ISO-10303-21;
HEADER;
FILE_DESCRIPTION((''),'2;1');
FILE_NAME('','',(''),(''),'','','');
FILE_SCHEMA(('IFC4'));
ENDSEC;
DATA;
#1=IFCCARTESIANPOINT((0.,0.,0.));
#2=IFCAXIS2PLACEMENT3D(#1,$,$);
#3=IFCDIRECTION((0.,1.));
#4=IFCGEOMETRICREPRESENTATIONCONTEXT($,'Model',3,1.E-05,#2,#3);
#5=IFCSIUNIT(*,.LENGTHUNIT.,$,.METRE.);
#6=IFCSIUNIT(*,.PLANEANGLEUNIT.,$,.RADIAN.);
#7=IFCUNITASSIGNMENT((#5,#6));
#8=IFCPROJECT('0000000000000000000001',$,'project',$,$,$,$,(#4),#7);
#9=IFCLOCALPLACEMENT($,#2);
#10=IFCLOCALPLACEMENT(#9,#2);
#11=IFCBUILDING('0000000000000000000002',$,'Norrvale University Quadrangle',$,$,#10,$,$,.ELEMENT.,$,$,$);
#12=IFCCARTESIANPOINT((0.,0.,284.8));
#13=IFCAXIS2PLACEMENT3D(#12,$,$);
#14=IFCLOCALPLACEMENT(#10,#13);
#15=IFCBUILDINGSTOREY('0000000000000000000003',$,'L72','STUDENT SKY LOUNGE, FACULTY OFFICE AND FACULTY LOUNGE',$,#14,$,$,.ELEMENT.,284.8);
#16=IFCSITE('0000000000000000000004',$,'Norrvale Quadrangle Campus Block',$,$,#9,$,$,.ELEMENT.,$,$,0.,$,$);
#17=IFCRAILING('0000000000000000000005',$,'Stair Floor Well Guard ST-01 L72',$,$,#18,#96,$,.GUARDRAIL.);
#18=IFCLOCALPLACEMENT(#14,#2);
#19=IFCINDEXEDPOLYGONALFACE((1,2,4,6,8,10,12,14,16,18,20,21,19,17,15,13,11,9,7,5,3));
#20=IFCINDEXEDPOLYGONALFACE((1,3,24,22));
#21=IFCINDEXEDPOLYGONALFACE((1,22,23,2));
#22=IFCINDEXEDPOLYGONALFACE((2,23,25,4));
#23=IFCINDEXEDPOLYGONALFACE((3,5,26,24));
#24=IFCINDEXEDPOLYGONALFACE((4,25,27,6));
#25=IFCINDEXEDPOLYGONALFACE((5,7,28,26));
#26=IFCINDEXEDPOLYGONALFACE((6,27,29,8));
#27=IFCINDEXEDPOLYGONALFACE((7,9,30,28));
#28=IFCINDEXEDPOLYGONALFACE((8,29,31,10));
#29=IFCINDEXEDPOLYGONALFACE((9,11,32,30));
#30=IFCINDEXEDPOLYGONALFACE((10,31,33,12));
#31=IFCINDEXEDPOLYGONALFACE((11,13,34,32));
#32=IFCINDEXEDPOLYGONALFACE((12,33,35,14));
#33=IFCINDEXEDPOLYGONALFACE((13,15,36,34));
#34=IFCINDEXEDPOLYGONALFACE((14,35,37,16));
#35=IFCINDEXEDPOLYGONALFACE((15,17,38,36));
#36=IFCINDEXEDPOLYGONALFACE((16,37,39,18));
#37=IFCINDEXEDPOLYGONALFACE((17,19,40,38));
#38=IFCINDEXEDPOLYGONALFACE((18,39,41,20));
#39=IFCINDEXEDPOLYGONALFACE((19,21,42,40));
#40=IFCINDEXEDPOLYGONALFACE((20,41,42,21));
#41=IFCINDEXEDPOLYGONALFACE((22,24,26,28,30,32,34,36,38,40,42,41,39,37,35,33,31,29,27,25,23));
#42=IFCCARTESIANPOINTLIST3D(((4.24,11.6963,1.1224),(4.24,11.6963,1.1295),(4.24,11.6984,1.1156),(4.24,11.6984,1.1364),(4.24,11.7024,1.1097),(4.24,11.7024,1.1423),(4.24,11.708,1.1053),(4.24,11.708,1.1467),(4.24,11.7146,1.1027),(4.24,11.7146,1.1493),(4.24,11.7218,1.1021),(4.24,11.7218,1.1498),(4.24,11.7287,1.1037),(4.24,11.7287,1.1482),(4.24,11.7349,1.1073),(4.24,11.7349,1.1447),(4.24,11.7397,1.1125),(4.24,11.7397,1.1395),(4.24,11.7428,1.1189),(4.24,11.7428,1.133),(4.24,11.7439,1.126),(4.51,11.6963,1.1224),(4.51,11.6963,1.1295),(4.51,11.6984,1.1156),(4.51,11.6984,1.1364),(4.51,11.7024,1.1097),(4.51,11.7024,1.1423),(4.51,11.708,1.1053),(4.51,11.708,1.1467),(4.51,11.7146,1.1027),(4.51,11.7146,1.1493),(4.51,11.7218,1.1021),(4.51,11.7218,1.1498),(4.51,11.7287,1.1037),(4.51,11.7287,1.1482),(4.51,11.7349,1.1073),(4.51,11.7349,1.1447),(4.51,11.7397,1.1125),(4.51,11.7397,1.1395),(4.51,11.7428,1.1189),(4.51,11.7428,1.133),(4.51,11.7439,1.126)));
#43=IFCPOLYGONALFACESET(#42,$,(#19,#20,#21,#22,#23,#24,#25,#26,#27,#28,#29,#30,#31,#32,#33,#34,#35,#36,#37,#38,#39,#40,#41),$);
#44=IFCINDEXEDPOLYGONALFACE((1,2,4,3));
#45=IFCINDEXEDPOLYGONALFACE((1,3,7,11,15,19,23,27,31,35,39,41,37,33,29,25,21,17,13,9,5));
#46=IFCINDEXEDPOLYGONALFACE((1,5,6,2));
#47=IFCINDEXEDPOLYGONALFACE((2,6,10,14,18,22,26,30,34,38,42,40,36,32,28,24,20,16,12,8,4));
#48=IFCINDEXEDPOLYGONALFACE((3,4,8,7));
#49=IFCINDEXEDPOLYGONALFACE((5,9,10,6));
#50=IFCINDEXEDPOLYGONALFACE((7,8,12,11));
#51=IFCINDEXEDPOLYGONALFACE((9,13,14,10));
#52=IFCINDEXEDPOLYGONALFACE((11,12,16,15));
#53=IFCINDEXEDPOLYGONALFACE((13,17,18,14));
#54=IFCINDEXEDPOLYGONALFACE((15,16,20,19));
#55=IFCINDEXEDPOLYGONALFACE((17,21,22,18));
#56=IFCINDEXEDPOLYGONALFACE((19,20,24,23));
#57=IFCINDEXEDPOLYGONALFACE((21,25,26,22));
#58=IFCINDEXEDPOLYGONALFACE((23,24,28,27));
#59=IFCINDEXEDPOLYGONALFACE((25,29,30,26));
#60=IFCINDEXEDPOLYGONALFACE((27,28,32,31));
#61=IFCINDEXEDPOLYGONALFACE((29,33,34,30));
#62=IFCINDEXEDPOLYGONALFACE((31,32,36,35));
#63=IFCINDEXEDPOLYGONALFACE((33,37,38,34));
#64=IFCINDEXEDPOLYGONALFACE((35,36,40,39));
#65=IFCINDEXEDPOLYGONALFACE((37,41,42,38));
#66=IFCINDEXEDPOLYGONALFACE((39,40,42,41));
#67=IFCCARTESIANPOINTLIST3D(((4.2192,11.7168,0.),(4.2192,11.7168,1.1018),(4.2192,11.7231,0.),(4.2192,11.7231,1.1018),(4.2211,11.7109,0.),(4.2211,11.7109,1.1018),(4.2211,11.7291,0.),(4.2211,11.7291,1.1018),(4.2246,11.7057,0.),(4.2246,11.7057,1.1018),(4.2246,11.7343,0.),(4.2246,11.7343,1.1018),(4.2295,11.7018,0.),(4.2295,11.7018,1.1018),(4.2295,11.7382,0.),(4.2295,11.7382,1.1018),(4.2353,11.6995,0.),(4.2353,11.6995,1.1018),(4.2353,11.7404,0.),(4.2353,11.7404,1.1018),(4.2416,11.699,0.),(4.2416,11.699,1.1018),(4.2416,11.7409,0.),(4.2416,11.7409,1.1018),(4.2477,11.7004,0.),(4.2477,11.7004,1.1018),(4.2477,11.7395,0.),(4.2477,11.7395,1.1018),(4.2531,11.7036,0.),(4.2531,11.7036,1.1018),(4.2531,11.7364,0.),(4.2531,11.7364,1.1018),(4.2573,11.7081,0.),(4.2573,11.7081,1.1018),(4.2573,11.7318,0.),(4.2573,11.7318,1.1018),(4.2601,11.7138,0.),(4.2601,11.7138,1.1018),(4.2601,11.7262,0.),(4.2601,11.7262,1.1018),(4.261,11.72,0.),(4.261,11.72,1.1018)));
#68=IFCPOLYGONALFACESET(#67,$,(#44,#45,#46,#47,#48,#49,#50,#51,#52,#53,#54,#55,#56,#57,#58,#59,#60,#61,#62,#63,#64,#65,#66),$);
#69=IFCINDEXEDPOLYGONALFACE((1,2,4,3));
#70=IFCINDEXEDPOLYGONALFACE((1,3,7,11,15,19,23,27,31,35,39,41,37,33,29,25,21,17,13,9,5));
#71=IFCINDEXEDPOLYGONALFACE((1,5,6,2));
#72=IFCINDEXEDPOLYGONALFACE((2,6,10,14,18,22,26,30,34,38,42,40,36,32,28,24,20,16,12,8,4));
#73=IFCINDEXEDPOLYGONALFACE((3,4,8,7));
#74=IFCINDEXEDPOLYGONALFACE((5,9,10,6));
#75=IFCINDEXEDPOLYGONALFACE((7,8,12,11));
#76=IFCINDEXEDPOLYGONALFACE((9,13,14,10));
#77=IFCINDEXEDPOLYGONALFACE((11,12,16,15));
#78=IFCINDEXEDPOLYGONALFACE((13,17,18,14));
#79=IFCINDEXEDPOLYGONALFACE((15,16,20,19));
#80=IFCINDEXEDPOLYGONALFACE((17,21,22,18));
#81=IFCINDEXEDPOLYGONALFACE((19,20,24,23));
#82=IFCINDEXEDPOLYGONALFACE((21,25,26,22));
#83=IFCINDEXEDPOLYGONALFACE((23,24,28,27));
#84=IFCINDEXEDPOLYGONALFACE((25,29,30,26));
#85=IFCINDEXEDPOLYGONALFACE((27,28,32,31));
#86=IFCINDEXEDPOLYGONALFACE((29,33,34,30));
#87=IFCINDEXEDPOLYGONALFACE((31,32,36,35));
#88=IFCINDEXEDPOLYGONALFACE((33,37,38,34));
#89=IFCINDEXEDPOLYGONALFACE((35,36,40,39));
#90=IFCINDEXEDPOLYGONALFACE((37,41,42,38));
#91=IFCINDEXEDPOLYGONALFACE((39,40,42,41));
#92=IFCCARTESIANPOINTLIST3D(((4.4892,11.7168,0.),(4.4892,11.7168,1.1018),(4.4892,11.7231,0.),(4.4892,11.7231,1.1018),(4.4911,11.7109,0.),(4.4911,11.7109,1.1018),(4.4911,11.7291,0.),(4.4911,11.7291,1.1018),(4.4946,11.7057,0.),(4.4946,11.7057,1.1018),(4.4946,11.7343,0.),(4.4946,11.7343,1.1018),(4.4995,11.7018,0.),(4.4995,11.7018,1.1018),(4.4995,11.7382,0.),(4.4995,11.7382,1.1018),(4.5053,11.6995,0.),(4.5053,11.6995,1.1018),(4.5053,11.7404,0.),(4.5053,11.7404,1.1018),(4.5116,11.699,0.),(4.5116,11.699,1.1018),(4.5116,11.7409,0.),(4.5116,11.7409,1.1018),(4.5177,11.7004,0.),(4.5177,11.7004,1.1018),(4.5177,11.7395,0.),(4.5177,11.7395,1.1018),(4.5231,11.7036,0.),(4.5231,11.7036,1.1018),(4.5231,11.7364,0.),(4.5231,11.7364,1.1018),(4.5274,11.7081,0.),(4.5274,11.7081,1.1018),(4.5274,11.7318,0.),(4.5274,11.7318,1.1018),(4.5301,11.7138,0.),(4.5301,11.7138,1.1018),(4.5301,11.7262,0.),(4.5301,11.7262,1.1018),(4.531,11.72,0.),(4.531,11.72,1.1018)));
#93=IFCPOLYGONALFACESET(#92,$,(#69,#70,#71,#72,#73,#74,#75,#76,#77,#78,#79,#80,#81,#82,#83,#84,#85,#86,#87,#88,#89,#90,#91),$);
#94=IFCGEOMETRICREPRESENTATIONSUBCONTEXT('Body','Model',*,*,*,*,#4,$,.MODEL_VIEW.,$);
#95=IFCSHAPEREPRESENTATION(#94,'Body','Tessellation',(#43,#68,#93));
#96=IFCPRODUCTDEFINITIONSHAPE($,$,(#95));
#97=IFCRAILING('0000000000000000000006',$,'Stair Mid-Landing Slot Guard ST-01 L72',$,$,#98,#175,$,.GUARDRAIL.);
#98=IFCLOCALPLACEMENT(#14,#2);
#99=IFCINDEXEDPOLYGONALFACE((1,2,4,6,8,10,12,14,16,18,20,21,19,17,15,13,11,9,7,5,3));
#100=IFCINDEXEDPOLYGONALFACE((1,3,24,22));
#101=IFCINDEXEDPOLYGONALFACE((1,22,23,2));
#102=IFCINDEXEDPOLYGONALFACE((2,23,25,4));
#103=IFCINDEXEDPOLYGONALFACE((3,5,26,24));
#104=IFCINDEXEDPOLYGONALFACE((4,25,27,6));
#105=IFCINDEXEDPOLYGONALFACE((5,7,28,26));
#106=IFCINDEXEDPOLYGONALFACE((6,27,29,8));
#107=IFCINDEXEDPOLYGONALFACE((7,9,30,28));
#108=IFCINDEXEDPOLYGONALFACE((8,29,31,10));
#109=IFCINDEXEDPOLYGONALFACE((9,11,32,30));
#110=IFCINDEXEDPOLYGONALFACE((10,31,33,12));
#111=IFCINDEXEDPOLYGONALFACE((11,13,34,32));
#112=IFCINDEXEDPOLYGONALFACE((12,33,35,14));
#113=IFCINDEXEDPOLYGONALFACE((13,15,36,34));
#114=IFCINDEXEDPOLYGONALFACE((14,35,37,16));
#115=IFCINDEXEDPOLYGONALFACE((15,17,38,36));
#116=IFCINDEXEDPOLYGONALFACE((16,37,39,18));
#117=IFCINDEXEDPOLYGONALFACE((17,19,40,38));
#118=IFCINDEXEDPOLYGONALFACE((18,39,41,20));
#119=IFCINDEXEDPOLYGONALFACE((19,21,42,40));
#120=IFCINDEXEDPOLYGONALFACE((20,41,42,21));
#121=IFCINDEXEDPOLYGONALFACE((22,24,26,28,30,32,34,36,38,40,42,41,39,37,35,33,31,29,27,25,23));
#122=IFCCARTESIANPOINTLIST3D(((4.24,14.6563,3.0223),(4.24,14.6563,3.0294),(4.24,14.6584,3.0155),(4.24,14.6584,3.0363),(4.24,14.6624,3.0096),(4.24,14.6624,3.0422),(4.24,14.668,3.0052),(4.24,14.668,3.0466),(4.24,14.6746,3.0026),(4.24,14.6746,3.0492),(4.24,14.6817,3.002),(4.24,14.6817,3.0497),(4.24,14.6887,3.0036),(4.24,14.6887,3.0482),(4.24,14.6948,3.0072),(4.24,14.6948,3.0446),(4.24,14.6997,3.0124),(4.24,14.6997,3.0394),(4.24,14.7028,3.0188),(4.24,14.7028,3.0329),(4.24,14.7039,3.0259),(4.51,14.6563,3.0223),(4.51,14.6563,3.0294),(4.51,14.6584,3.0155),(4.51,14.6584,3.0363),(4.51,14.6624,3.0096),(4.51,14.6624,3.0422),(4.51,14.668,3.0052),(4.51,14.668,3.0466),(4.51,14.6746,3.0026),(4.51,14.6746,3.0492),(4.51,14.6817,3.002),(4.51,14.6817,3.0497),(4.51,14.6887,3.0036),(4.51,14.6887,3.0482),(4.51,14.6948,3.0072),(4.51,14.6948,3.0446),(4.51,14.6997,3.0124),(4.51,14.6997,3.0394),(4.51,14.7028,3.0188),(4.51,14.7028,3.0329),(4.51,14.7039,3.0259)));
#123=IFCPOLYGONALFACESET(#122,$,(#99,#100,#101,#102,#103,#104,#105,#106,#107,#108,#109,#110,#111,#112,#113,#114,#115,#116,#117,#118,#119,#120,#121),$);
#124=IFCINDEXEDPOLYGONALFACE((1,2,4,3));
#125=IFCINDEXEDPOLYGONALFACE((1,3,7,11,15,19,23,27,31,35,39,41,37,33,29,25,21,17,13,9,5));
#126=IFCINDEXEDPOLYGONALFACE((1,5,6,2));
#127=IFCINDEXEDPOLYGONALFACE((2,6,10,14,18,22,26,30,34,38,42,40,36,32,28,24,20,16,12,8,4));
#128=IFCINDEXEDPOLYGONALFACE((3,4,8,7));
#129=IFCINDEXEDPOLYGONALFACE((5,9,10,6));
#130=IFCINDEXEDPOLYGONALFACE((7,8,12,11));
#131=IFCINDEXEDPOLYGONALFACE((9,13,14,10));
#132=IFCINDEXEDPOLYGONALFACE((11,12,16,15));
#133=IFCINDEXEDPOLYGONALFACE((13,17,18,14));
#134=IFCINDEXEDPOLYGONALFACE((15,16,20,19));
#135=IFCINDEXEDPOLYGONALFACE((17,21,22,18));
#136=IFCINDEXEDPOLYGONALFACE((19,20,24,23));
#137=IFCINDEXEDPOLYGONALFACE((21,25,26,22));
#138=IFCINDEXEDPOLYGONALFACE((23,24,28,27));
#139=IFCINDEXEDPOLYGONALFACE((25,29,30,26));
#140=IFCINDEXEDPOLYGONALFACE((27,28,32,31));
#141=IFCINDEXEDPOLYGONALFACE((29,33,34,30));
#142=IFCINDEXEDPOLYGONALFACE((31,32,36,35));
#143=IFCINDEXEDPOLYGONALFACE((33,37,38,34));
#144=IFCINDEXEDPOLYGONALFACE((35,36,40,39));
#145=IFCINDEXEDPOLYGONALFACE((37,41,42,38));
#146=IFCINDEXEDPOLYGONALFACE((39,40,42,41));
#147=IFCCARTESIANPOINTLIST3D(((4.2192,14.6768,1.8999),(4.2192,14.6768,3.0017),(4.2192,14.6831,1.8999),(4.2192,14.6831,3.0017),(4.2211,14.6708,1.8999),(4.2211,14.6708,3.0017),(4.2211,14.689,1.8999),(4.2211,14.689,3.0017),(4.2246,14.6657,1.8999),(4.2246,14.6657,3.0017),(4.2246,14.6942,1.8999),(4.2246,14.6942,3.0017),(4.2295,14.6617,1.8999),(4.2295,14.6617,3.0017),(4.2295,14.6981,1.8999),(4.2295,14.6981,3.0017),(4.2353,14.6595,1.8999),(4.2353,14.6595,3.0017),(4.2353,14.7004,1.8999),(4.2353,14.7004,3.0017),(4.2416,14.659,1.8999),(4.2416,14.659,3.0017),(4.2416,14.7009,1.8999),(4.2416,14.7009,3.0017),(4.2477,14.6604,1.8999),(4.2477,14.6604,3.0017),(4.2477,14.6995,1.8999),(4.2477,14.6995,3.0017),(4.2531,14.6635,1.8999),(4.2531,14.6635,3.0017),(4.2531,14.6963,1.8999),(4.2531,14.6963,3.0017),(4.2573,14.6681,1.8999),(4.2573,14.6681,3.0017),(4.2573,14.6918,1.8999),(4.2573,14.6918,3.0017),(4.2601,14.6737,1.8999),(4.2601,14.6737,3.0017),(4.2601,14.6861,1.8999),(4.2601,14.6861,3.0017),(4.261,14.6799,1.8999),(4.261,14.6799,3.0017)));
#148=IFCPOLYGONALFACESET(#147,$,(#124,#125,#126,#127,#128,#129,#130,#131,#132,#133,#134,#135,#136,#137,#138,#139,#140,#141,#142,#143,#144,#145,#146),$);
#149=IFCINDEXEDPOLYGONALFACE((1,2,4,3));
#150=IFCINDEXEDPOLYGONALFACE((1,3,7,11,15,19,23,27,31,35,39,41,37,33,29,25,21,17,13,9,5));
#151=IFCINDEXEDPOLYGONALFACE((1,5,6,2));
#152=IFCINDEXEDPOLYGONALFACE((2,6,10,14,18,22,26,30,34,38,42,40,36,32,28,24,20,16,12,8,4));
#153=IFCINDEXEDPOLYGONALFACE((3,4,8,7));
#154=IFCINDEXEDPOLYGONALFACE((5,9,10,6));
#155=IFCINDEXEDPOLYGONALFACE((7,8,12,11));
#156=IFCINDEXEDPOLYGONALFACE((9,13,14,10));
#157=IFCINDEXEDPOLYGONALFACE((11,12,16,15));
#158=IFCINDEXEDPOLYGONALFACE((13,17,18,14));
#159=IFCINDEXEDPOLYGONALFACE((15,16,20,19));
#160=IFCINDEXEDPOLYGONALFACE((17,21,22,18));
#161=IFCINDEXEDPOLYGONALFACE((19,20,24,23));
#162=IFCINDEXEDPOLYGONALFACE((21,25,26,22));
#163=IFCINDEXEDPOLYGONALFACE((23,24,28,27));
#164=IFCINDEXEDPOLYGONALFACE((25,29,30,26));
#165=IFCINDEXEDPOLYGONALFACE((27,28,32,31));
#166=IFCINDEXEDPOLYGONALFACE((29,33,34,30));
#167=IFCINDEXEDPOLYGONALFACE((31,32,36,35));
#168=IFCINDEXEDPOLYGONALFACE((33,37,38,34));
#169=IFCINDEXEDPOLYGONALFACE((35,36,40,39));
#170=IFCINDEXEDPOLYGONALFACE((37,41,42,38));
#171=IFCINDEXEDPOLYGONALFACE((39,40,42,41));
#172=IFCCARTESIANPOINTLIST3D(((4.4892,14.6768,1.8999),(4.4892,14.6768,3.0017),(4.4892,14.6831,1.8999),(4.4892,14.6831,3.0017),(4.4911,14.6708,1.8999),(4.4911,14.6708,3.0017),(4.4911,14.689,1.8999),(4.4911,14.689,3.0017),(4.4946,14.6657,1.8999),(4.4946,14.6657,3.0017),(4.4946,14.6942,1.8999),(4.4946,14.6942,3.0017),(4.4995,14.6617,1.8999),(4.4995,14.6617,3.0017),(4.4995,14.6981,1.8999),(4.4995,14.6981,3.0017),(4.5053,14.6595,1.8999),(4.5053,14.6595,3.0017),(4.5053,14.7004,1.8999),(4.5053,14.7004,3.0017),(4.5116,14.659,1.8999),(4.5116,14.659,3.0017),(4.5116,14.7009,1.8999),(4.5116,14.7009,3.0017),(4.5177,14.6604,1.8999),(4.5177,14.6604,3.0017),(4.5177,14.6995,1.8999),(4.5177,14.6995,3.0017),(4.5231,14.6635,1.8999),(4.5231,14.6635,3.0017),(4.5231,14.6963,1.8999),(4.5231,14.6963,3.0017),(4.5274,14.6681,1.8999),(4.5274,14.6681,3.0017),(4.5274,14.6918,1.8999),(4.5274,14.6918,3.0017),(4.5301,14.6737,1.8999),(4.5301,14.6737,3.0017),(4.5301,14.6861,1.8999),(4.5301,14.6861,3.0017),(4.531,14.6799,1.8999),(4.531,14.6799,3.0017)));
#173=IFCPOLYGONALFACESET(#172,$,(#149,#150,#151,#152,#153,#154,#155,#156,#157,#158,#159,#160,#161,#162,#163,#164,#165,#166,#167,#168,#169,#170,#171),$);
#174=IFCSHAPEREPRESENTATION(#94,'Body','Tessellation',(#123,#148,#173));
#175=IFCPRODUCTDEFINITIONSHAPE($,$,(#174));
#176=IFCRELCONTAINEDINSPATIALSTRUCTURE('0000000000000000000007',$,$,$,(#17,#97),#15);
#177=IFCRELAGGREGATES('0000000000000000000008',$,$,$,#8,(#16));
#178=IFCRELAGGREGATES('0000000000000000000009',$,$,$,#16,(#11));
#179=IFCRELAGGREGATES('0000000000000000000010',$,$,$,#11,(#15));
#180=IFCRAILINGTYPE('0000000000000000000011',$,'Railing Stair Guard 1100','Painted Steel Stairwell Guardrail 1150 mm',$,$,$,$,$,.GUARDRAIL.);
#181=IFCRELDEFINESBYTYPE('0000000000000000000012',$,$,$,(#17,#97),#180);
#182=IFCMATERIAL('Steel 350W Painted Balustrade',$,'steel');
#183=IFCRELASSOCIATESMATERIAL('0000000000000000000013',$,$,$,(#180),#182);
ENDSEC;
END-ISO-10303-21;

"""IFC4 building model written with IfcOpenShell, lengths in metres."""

from ifc_helpers import new_model, si_unit, direction, frame, origin, origin_2d, place, context, subcontext, project, spatial, circle, extrude, material, type_object, element, save


model = new_model("IFC4")

# Units and contexts
model_context = context("Model", 3, precision=1e-05, world=origin(), true_north=direction((0.0, 1.0)))
body_context = subcontext(model_context, "Body", "Model", "MODEL_VIEW")
ifc_project = project(units=[si_unit("LENGTHUNIT", "METRE"), si_unit("PLANEANGLEUNIT", "RADIAN")], contexts=[model_context])

# Site, building, storey
site_placement = place(None, origin())
site = spatial("IfcSite", under=ifc_project, at=site_placement, Name="Norrvale Quadrangle Campus Block", CompositionType="ELEMENT", RefElevation=0.0)
building_placement = place(site_placement, origin())
building = spatial("IfcBuilding", under=site, at=building_placement, Name="Norrvale University Quadrangle", CompositionType="ELEMENT")
storey_placement = place(building_placement, frame((0.0, 0.0, 284.8)))
storey = spatial("IfcBuildingStorey", under=building, at=storey_placement, Name="L72", Description="STUDENT SKY LOUNGE, FACULTY OFFICE AND FACULTY LOUNGE", CompositionType="ELEMENT", Elevation=284.8)

# Railings
ifc_material_1 = material(Name="Steel 350W Painted Balustrade", Category="steel")
railing_type_1 = type_object("IfcRailingType", Name="Railing Stair Guard 1100", Description="Painted Steel Stairwell Guardrail 1150 mm", PredefinedType="GUARDRAIL", material=ifc_material_1)
for number, where, name in (
    (1, (4.24, 11.72, 0.0), "Stair Floor Well Guard ST-01 L72"),
    (2, (4.24, 14.6799, 1.8999), "Stair Mid-Landing Slot Guard ST-01 L72"),
):
    element("IfcRailing", number, at=place(storey_placement, frame(where)), inside=storey, type_object=railing_type_1, Name=name, PredefinedType="GUARDRAIL", context=body_context, shape_type="SweptSolid", body=[
        extrude(circle(Radius=0.0239, at=origin_2d()), frame((0.0, 0.0, 1.126), z_axis=(1.0, 0.0, 0.0), x_axis=(0.0, 1.0, 0.0)), (0.0, 0.0, 1.0), 0.27),
        extrude(circle(Radius=0.021, at=origin_2d()), origin(), (0.0, 0.0, 1.0), 1.1018),
        extrude(circle(Radius=0.021, at=origin_2d()), frame((0.27, 0.0, 0.0)), (0.0, 0.0, 1.0), 1.1018),
    ])

save(model, "model.ifc")
